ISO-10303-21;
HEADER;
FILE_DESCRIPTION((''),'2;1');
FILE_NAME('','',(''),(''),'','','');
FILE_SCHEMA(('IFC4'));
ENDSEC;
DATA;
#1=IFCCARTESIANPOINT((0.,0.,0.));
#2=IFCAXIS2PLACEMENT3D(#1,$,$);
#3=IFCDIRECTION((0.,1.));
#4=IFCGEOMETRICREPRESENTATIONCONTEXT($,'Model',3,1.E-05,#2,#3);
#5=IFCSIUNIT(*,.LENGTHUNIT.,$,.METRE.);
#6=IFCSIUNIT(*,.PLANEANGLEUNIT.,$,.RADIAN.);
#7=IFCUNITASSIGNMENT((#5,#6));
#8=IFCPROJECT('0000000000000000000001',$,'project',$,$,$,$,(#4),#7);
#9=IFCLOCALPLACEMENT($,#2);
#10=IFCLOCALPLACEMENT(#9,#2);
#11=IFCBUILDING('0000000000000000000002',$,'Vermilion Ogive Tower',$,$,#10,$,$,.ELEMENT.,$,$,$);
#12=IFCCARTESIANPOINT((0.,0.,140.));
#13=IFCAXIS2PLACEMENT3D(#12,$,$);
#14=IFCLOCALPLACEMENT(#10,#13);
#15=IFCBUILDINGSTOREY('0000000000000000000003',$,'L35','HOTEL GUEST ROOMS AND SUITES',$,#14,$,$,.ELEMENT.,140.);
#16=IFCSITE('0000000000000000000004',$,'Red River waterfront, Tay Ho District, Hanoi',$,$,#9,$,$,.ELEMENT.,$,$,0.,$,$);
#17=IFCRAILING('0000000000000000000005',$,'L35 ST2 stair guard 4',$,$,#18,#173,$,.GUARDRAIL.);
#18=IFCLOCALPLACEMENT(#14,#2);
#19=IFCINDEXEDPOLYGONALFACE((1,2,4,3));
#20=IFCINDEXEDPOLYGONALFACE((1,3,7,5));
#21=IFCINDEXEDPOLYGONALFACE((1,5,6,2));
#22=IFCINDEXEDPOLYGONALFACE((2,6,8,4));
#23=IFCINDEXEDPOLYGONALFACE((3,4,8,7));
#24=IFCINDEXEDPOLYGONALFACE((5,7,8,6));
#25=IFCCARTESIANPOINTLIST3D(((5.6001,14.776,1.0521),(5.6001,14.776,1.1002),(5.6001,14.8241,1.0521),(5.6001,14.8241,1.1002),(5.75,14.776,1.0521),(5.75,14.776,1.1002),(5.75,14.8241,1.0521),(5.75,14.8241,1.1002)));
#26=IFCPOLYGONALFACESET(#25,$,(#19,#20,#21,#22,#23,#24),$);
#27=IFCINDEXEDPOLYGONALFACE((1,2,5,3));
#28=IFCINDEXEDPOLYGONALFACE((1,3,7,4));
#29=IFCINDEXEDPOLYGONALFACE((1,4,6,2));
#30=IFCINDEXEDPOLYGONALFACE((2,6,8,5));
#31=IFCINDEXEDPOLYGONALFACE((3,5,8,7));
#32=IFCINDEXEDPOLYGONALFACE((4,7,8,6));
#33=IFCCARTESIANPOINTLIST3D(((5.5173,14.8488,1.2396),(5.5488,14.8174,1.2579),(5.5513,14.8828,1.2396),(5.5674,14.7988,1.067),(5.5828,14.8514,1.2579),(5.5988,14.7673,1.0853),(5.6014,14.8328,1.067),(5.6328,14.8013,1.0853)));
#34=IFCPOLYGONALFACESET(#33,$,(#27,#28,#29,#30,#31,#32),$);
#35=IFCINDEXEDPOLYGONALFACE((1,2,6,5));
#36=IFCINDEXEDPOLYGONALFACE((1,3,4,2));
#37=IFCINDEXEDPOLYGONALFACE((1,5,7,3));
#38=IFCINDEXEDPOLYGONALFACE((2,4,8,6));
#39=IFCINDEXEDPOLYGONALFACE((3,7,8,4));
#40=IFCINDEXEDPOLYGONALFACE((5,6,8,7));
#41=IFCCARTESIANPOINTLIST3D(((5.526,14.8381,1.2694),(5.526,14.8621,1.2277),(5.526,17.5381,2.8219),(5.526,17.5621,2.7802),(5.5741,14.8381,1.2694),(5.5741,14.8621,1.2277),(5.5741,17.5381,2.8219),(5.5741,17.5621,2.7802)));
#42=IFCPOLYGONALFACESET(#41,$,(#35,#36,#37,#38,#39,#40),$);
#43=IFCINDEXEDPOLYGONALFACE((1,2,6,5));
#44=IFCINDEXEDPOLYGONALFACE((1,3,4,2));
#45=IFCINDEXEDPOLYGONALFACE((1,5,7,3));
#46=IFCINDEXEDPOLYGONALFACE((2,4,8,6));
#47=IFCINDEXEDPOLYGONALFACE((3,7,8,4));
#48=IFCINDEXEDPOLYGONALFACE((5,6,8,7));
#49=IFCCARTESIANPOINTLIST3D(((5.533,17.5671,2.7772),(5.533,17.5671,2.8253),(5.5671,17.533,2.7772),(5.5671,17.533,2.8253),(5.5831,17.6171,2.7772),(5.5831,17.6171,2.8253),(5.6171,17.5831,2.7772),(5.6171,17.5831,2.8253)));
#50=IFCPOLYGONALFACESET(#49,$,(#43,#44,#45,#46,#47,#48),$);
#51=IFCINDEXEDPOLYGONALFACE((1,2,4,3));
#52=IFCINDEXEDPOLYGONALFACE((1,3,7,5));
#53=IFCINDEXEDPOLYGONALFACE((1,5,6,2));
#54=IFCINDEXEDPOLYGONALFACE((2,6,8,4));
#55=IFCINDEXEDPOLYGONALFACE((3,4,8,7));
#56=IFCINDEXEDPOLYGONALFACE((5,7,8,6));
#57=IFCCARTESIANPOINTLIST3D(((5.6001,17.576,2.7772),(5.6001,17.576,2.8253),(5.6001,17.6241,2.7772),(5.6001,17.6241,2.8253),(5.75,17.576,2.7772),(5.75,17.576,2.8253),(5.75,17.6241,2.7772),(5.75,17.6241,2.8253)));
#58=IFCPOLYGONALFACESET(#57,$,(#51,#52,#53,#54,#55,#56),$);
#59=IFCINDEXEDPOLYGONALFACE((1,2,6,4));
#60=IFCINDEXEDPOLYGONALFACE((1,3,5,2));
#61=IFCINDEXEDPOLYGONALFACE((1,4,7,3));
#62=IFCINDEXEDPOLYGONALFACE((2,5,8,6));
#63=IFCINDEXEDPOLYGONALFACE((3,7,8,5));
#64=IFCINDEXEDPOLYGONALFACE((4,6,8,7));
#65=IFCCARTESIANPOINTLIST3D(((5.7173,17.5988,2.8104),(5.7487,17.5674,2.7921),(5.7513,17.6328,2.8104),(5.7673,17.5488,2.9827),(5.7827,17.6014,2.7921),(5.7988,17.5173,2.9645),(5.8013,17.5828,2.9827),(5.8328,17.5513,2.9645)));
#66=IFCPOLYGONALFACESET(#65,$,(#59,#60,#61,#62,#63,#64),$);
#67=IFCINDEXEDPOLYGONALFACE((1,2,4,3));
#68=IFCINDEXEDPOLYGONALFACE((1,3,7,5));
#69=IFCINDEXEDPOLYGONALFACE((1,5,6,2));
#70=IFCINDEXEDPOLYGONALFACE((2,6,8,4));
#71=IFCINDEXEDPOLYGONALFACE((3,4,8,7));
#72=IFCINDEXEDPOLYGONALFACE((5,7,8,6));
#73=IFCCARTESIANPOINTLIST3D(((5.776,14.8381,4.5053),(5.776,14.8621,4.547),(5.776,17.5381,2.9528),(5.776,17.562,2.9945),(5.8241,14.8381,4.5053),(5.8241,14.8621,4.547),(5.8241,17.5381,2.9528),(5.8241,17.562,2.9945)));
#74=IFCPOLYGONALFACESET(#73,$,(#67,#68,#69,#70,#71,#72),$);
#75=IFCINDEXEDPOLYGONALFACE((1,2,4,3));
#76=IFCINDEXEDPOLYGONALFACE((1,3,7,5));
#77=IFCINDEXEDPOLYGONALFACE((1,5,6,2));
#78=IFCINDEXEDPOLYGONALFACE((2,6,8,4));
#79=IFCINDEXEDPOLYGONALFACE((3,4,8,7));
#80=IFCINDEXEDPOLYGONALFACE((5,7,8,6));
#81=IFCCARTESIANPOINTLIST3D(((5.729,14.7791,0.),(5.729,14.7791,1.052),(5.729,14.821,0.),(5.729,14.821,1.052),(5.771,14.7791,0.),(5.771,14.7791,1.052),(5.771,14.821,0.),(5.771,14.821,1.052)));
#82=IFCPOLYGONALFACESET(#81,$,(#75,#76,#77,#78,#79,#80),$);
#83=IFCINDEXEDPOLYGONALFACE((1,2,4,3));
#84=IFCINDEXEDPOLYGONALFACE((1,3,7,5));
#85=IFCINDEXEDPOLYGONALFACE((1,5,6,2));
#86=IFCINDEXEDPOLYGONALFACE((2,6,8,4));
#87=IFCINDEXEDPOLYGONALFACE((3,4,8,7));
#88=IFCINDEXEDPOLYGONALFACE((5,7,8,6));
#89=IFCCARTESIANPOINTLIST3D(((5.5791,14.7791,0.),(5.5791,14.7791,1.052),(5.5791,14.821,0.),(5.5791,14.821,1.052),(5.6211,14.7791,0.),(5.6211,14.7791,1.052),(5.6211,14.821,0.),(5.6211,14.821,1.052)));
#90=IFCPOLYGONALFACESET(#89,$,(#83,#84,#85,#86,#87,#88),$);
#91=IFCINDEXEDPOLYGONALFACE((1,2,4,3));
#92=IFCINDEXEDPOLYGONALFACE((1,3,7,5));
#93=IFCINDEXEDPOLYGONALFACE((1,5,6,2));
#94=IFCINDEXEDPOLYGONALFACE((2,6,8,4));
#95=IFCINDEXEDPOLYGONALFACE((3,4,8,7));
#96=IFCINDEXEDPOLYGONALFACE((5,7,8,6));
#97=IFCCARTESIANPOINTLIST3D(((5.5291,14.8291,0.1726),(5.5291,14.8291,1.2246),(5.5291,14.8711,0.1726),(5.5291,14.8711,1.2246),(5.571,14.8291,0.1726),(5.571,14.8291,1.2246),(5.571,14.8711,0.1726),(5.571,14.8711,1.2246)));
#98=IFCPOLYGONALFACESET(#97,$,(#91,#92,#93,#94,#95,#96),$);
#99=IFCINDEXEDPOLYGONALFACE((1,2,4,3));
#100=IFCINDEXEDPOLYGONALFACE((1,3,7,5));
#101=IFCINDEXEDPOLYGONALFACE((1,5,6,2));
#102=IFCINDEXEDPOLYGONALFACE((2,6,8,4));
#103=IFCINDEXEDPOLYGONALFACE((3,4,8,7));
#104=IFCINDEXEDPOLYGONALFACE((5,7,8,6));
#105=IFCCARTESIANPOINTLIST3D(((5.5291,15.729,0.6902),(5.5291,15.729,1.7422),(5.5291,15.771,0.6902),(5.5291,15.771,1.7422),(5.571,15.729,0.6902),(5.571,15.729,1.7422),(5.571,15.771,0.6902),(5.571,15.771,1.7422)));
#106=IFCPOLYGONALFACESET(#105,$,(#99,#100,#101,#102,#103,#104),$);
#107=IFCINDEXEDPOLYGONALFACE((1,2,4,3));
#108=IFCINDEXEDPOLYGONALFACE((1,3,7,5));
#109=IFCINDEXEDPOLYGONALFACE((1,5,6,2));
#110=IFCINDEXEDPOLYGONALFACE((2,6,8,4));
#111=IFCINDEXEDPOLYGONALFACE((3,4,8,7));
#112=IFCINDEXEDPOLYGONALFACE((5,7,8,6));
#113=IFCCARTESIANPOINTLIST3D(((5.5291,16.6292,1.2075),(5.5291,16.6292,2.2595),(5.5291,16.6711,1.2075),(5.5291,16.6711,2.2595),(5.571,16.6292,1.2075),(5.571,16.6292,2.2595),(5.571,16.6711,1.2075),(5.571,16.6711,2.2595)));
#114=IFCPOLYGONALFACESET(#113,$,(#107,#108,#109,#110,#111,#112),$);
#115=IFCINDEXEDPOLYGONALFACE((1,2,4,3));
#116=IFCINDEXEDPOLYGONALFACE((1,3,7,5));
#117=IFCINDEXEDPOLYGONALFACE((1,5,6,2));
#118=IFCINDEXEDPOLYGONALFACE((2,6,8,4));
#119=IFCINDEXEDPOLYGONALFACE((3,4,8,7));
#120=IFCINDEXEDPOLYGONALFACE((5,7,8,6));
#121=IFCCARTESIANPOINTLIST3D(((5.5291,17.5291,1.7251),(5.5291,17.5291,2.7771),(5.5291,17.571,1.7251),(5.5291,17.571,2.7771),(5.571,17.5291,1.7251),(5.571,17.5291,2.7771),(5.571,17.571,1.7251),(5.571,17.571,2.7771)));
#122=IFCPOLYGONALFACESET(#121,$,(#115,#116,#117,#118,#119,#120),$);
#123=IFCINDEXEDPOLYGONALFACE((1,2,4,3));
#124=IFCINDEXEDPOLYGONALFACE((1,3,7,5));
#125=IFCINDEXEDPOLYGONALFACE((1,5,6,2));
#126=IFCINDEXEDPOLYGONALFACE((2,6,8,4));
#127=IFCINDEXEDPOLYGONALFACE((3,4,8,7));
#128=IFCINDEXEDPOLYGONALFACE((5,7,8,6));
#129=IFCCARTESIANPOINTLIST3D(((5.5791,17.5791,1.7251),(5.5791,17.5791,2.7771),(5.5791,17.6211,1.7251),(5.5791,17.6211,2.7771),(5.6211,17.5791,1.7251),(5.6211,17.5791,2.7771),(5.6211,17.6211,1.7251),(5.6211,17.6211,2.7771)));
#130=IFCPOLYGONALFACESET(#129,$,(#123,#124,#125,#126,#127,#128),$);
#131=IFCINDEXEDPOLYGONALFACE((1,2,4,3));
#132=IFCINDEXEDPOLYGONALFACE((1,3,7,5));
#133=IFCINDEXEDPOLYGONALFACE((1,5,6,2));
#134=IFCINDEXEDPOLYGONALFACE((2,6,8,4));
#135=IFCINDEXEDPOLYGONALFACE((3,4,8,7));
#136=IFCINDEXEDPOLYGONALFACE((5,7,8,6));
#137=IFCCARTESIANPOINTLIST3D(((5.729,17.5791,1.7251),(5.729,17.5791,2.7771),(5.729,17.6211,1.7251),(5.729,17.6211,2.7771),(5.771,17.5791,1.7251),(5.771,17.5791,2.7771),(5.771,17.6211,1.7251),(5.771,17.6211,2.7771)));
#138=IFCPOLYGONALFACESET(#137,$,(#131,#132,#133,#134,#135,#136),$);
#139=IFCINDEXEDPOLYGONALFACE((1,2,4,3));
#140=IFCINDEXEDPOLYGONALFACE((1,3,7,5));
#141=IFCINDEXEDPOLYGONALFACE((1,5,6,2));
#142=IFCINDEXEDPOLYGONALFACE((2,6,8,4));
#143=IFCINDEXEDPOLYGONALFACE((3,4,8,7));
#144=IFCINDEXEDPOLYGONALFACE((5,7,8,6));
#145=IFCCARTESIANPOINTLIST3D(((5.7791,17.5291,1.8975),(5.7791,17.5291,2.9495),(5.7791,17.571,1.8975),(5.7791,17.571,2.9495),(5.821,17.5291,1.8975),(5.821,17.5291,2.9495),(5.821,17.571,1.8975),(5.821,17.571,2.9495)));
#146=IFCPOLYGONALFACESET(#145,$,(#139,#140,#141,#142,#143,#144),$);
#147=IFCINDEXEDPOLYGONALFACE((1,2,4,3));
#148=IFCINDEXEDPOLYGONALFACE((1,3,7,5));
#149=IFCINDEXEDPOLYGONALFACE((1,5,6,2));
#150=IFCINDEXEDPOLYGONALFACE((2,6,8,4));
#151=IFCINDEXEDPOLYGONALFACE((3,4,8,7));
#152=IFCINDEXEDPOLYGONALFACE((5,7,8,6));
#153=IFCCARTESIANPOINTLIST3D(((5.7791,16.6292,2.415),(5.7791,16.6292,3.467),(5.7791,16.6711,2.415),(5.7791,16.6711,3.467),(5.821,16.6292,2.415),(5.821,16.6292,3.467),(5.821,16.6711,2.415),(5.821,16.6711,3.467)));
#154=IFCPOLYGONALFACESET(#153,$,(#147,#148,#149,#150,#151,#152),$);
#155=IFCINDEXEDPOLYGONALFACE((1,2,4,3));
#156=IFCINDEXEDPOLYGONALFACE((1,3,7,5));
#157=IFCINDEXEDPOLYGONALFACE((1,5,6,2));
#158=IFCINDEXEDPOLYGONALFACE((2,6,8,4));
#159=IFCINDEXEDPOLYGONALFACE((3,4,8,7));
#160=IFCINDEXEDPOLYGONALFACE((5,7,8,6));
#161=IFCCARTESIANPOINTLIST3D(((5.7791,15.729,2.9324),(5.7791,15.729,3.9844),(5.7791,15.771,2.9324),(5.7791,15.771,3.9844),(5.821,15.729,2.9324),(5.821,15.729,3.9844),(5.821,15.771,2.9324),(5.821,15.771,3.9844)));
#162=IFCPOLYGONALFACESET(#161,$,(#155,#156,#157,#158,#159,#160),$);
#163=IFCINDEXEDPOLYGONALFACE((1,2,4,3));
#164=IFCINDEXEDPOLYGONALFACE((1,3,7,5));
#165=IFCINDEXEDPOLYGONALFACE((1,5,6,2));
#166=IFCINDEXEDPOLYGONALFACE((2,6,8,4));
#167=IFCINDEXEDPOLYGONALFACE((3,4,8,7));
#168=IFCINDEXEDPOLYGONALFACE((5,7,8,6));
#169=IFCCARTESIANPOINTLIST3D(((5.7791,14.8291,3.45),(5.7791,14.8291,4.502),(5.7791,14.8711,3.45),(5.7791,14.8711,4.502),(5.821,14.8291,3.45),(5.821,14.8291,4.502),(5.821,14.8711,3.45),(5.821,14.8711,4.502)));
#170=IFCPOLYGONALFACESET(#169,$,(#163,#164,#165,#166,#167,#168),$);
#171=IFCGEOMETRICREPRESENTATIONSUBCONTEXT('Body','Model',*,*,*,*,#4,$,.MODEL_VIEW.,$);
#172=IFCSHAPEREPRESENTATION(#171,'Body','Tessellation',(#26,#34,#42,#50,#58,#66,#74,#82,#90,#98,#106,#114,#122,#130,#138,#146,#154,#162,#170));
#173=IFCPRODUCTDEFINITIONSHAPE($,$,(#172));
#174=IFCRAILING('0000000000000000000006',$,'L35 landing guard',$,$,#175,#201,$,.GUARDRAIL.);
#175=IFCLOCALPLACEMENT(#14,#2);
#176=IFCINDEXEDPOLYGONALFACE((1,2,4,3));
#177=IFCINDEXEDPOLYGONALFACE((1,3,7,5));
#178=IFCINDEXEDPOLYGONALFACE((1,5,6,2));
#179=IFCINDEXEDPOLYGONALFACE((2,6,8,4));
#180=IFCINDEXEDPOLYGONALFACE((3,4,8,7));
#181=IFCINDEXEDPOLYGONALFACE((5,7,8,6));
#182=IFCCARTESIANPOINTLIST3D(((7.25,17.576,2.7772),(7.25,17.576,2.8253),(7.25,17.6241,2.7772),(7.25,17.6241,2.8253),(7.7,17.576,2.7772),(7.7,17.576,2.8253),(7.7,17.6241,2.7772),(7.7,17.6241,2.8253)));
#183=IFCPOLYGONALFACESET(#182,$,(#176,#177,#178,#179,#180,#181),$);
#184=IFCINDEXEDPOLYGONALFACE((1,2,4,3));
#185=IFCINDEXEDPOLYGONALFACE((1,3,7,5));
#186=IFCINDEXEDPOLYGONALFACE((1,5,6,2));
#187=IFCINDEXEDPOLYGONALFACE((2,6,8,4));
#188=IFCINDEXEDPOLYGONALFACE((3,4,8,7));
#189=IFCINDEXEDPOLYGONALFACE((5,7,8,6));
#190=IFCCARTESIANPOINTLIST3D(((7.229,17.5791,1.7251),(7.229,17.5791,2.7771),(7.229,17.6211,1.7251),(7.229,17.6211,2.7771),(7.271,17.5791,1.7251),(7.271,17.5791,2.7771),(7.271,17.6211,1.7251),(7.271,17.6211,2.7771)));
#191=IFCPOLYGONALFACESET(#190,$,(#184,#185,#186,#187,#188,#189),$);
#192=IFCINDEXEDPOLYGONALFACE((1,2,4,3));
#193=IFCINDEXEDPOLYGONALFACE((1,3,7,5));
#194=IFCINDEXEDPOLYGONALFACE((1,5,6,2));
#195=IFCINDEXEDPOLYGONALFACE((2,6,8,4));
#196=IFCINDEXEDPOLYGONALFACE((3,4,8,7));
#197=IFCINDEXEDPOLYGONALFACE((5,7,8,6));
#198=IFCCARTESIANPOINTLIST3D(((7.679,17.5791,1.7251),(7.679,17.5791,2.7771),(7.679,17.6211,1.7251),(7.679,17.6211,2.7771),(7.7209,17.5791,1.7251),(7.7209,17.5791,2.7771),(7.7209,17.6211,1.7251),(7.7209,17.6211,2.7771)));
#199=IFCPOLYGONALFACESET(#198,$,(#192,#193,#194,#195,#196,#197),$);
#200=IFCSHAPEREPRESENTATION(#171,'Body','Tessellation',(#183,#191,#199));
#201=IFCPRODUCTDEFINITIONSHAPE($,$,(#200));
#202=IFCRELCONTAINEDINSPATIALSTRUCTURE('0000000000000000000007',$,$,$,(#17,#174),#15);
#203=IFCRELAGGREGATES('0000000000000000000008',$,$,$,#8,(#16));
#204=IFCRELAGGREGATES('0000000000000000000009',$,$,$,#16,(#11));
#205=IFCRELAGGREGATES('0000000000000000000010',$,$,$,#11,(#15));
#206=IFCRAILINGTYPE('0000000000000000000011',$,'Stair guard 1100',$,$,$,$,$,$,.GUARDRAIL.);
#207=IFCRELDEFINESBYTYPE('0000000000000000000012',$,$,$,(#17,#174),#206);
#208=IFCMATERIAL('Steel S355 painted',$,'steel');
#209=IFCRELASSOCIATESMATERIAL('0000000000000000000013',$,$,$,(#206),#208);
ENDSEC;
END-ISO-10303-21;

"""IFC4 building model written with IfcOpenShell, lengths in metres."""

from ifc_helpers import new_model, si_unit, direction, frame, origin, origin_2d, place, context, subcontext, project, spatial, rectangle, extrude, material, type_object, element, save


model = new_model("IFC4")

# Units and contexts
model_context = context("Model", 3, precision=1e-05, world=origin(), true_north=direction((0.0, 1.0)))
body_context = subcontext(model_context, "Body", "Model", "MODEL_VIEW")
ifc_project = project(units=[si_unit("LENGTHUNIT", "METRE"), si_unit("PLANEANGLEUNIT", "RADIAN")], contexts=[model_context])

# Site, building, storey
site_placement = place(None, origin())
site = spatial("IfcSite", under=ifc_project, at=site_placement, Name="Red River waterfront, Tay Ho District, Hanoi", CompositionType="ELEMENT", RefElevation=0.0)
building_placement = place(site_placement, origin())
building = spatial("IfcBuilding", under=site, at=building_placement, Name="Vermilion Ogive Tower", CompositionType="ELEMENT")
storey_placement = place(building_placement, frame((0.0, 0.0, 140.0)))
storey = spatial("IfcBuildingStorey", under=building, at=storey_placement, Name="L35", Description="HOTEL GUEST ROOMS AND SUITES", CompositionType="ELEMENT", Elevation=140.0)

# Railings
ifc_material_1 = material(Name="Steel S355 painted", Category="steel")
railing_type_1 = type_object("IfcRailingType", Name="Stair guard 1100", PredefinedType="GUARDRAIL", material=ifc_material_1)
railing_1_placement = place(storey_placement, frame((5.75, 14.8, 0.0)))
element("IfcRailing", 1, at=railing_1_placement, inside=storey, type_object=railing_type_1, Name="L35 ST2 stair guard 4", PredefinedType="GUARDRAIL", context=body_context, shape_type="SweptSolid", body=[
    extrude(rectangle(XDim=0.0481, YDim=0.0481, at=origin_2d()), frame((0.0, 0.0, 1.0762), z_axis=(-1.0, 0.0, 0.0), x_axis=(0.0, -1.0, 0.0)), (0.0, 0.0, 1.0), 0.1499),
    extrude(rectangle(XDim=0.0481, YDim=0.0481, at=origin_2d()), frame((-0.1499, 0.0, 1.0762), z_axis=(-0.268278, 0.268278, 0.925232), x_axis=(-0.707107, -0.707107, 0.0)), (0.0, 0.0, 1.0), 0.1865),
    extrude(rectangle(XDim=0.0481, YDim=0.0481, at=origin_2d()), frame((-0.2, 0.05, 1.2485), z_axis=(0.0, 0.866904, 0.498476), x_axis=(-1.0, 0.0, 0.0)), (0.0, 0.0, 1.0), 3.1145),
    extrude(rectangle(XDim=0.0481, YDim=0.0481, at=origin_2d()), frame((-0.2, 2.75, 2.8013), z_axis=(0.707107, 0.707107, 0.0), x_axis=(-0.707107, 0.707107, 0.0)), (0.0, 0.0, 1.0), 0.0708),
    extrude(rectangle(XDim=0.0481, YDim=0.0481, at=origin_2d()), frame((-0.1499, 2.8, 2.8013), z_axis=(1.0, 0.0, 0.0), x_axis=(0.0, 1.0, 0.0)), (0.0, 0.0, 1.0), 0.1499),
    extrude(rectangle(XDim=0.0481, YDim=0.0481, at=origin_2d()), frame((0.0, 2.8, 2.8013), z_axis=(0.268603, -0.268603, 0.925043), x_axis=(0.707107, 0.707107, 0.0)), (0.0, 0.0, 1.0), 0.1863),
    extrude(rectangle(XDim=0.0481, YDim=0.0481, at=origin_2d()), frame((0.05, 2.75, 2.9736), z_axis=(0.0, -0.866904, 0.498476), x_axis=(1.0, 0.0, 0.0)), (0.0, 0.0, 1.0), 3.1145),
    extrude(rectangle(XDim=0.042, YDim=0.042, at=origin_2d()), origin(), (0.0, 0.0, 1.0), 1.052),
    extrude(rectangle(XDim=0.042, YDim=0.042, at=origin_2d()), frame((-0.1499, 0.0, 0.0)), (0.0, 0.0, 1.0), 1.052),
    extrude(rectangle(XDim=0.042, YDim=0.042, at=origin_2d()), frame((-0.2, 0.05, 0.1726)), (0.0, 0.0, 1.0), 1.052),
    extrude(rectangle(XDim=0.042, YDim=0.042, at=origin_2d()), frame((-0.2, 0.95, 0.6902)), (0.0, 0.0, 1.0), 1.052),
    extrude(rectangle(XDim=0.042, YDim=0.042, at=origin_2d()), frame((-0.2, 1.8501, 1.2075)), (0.0, 0.0, 1.0), 1.052),
    extrude(rectangle(XDim=0.042, YDim=0.042, at=origin_2d()), frame((-0.2, 2.75, 1.7251)), (0.0, 0.0, 1.0), 1.052),
    extrude(rectangle(XDim=0.042, YDim=0.042, at=origin_2d()), frame((-0.1499, 2.8, 1.7251)), (0.0, 0.0, 1.0), 1.052),
    extrude(rectangle(XDim=0.042, YDim=0.042, at=origin_2d()), frame((0.0, 2.8, 1.7251)), (0.0, 0.0, 1.0), 1.052),
    extrude(rectangle(XDim=0.042, YDim=0.042, at=origin_2d()), frame((0.05, 2.75, 1.8975)), (0.0, 0.0, 1.0), 1.052),
    extrude(rectangle(XDim=0.042, YDim=0.042, at=origin_2d()), frame((0.05, 1.8501, 2.415)), (0.0, 0.0, 1.0), 1.052),
    extrude(rectangle(XDim=0.042, YDim=0.042, at=origin_2d()), frame((0.05, 0.95, 2.9324)), (0.0, 0.0, 1.0), 1.052),
    extrude(rectangle(XDim=0.042, YDim=0.042, at=origin_2d()), frame((0.05, 0.05, 3.45)), (0.0, 0.0, 1.0), 1.052),
])
railing_2_placement = place(storey_placement, frame((7.25, 17.6001, 1.7251)))
element("IfcRailing", 2, at=railing_2_placement, inside=storey, type_object=railing_type_1, Name="L35 landing guard", PredefinedType="GUARDRAIL", context=body_context, shape_type="SweptSolid", body=[
    extrude(rectangle(XDim=0.0481, YDim=0.0481, at=origin_2d()), frame((0.0, 0.0, 1.0762), z_axis=(1.0, 0.0, 0.0), x_axis=(0.0, 1.0, 0.0)), (0.0, 0.0, 1.0), 0.45),
    extrude(rectangle(XDim=0.042, YDim=0.042, at=origin_2d()), origin(), (0.0, 0.0, 1.0), 1.052),
    extrude(rectangle(XDim=0.042, YDim=0.042, at=origin_2d()), frame((0.45, 0.0, 0.0)), (0.0, 0.0, 1.0), 1.052),
])

save(model, "model.ifc")
